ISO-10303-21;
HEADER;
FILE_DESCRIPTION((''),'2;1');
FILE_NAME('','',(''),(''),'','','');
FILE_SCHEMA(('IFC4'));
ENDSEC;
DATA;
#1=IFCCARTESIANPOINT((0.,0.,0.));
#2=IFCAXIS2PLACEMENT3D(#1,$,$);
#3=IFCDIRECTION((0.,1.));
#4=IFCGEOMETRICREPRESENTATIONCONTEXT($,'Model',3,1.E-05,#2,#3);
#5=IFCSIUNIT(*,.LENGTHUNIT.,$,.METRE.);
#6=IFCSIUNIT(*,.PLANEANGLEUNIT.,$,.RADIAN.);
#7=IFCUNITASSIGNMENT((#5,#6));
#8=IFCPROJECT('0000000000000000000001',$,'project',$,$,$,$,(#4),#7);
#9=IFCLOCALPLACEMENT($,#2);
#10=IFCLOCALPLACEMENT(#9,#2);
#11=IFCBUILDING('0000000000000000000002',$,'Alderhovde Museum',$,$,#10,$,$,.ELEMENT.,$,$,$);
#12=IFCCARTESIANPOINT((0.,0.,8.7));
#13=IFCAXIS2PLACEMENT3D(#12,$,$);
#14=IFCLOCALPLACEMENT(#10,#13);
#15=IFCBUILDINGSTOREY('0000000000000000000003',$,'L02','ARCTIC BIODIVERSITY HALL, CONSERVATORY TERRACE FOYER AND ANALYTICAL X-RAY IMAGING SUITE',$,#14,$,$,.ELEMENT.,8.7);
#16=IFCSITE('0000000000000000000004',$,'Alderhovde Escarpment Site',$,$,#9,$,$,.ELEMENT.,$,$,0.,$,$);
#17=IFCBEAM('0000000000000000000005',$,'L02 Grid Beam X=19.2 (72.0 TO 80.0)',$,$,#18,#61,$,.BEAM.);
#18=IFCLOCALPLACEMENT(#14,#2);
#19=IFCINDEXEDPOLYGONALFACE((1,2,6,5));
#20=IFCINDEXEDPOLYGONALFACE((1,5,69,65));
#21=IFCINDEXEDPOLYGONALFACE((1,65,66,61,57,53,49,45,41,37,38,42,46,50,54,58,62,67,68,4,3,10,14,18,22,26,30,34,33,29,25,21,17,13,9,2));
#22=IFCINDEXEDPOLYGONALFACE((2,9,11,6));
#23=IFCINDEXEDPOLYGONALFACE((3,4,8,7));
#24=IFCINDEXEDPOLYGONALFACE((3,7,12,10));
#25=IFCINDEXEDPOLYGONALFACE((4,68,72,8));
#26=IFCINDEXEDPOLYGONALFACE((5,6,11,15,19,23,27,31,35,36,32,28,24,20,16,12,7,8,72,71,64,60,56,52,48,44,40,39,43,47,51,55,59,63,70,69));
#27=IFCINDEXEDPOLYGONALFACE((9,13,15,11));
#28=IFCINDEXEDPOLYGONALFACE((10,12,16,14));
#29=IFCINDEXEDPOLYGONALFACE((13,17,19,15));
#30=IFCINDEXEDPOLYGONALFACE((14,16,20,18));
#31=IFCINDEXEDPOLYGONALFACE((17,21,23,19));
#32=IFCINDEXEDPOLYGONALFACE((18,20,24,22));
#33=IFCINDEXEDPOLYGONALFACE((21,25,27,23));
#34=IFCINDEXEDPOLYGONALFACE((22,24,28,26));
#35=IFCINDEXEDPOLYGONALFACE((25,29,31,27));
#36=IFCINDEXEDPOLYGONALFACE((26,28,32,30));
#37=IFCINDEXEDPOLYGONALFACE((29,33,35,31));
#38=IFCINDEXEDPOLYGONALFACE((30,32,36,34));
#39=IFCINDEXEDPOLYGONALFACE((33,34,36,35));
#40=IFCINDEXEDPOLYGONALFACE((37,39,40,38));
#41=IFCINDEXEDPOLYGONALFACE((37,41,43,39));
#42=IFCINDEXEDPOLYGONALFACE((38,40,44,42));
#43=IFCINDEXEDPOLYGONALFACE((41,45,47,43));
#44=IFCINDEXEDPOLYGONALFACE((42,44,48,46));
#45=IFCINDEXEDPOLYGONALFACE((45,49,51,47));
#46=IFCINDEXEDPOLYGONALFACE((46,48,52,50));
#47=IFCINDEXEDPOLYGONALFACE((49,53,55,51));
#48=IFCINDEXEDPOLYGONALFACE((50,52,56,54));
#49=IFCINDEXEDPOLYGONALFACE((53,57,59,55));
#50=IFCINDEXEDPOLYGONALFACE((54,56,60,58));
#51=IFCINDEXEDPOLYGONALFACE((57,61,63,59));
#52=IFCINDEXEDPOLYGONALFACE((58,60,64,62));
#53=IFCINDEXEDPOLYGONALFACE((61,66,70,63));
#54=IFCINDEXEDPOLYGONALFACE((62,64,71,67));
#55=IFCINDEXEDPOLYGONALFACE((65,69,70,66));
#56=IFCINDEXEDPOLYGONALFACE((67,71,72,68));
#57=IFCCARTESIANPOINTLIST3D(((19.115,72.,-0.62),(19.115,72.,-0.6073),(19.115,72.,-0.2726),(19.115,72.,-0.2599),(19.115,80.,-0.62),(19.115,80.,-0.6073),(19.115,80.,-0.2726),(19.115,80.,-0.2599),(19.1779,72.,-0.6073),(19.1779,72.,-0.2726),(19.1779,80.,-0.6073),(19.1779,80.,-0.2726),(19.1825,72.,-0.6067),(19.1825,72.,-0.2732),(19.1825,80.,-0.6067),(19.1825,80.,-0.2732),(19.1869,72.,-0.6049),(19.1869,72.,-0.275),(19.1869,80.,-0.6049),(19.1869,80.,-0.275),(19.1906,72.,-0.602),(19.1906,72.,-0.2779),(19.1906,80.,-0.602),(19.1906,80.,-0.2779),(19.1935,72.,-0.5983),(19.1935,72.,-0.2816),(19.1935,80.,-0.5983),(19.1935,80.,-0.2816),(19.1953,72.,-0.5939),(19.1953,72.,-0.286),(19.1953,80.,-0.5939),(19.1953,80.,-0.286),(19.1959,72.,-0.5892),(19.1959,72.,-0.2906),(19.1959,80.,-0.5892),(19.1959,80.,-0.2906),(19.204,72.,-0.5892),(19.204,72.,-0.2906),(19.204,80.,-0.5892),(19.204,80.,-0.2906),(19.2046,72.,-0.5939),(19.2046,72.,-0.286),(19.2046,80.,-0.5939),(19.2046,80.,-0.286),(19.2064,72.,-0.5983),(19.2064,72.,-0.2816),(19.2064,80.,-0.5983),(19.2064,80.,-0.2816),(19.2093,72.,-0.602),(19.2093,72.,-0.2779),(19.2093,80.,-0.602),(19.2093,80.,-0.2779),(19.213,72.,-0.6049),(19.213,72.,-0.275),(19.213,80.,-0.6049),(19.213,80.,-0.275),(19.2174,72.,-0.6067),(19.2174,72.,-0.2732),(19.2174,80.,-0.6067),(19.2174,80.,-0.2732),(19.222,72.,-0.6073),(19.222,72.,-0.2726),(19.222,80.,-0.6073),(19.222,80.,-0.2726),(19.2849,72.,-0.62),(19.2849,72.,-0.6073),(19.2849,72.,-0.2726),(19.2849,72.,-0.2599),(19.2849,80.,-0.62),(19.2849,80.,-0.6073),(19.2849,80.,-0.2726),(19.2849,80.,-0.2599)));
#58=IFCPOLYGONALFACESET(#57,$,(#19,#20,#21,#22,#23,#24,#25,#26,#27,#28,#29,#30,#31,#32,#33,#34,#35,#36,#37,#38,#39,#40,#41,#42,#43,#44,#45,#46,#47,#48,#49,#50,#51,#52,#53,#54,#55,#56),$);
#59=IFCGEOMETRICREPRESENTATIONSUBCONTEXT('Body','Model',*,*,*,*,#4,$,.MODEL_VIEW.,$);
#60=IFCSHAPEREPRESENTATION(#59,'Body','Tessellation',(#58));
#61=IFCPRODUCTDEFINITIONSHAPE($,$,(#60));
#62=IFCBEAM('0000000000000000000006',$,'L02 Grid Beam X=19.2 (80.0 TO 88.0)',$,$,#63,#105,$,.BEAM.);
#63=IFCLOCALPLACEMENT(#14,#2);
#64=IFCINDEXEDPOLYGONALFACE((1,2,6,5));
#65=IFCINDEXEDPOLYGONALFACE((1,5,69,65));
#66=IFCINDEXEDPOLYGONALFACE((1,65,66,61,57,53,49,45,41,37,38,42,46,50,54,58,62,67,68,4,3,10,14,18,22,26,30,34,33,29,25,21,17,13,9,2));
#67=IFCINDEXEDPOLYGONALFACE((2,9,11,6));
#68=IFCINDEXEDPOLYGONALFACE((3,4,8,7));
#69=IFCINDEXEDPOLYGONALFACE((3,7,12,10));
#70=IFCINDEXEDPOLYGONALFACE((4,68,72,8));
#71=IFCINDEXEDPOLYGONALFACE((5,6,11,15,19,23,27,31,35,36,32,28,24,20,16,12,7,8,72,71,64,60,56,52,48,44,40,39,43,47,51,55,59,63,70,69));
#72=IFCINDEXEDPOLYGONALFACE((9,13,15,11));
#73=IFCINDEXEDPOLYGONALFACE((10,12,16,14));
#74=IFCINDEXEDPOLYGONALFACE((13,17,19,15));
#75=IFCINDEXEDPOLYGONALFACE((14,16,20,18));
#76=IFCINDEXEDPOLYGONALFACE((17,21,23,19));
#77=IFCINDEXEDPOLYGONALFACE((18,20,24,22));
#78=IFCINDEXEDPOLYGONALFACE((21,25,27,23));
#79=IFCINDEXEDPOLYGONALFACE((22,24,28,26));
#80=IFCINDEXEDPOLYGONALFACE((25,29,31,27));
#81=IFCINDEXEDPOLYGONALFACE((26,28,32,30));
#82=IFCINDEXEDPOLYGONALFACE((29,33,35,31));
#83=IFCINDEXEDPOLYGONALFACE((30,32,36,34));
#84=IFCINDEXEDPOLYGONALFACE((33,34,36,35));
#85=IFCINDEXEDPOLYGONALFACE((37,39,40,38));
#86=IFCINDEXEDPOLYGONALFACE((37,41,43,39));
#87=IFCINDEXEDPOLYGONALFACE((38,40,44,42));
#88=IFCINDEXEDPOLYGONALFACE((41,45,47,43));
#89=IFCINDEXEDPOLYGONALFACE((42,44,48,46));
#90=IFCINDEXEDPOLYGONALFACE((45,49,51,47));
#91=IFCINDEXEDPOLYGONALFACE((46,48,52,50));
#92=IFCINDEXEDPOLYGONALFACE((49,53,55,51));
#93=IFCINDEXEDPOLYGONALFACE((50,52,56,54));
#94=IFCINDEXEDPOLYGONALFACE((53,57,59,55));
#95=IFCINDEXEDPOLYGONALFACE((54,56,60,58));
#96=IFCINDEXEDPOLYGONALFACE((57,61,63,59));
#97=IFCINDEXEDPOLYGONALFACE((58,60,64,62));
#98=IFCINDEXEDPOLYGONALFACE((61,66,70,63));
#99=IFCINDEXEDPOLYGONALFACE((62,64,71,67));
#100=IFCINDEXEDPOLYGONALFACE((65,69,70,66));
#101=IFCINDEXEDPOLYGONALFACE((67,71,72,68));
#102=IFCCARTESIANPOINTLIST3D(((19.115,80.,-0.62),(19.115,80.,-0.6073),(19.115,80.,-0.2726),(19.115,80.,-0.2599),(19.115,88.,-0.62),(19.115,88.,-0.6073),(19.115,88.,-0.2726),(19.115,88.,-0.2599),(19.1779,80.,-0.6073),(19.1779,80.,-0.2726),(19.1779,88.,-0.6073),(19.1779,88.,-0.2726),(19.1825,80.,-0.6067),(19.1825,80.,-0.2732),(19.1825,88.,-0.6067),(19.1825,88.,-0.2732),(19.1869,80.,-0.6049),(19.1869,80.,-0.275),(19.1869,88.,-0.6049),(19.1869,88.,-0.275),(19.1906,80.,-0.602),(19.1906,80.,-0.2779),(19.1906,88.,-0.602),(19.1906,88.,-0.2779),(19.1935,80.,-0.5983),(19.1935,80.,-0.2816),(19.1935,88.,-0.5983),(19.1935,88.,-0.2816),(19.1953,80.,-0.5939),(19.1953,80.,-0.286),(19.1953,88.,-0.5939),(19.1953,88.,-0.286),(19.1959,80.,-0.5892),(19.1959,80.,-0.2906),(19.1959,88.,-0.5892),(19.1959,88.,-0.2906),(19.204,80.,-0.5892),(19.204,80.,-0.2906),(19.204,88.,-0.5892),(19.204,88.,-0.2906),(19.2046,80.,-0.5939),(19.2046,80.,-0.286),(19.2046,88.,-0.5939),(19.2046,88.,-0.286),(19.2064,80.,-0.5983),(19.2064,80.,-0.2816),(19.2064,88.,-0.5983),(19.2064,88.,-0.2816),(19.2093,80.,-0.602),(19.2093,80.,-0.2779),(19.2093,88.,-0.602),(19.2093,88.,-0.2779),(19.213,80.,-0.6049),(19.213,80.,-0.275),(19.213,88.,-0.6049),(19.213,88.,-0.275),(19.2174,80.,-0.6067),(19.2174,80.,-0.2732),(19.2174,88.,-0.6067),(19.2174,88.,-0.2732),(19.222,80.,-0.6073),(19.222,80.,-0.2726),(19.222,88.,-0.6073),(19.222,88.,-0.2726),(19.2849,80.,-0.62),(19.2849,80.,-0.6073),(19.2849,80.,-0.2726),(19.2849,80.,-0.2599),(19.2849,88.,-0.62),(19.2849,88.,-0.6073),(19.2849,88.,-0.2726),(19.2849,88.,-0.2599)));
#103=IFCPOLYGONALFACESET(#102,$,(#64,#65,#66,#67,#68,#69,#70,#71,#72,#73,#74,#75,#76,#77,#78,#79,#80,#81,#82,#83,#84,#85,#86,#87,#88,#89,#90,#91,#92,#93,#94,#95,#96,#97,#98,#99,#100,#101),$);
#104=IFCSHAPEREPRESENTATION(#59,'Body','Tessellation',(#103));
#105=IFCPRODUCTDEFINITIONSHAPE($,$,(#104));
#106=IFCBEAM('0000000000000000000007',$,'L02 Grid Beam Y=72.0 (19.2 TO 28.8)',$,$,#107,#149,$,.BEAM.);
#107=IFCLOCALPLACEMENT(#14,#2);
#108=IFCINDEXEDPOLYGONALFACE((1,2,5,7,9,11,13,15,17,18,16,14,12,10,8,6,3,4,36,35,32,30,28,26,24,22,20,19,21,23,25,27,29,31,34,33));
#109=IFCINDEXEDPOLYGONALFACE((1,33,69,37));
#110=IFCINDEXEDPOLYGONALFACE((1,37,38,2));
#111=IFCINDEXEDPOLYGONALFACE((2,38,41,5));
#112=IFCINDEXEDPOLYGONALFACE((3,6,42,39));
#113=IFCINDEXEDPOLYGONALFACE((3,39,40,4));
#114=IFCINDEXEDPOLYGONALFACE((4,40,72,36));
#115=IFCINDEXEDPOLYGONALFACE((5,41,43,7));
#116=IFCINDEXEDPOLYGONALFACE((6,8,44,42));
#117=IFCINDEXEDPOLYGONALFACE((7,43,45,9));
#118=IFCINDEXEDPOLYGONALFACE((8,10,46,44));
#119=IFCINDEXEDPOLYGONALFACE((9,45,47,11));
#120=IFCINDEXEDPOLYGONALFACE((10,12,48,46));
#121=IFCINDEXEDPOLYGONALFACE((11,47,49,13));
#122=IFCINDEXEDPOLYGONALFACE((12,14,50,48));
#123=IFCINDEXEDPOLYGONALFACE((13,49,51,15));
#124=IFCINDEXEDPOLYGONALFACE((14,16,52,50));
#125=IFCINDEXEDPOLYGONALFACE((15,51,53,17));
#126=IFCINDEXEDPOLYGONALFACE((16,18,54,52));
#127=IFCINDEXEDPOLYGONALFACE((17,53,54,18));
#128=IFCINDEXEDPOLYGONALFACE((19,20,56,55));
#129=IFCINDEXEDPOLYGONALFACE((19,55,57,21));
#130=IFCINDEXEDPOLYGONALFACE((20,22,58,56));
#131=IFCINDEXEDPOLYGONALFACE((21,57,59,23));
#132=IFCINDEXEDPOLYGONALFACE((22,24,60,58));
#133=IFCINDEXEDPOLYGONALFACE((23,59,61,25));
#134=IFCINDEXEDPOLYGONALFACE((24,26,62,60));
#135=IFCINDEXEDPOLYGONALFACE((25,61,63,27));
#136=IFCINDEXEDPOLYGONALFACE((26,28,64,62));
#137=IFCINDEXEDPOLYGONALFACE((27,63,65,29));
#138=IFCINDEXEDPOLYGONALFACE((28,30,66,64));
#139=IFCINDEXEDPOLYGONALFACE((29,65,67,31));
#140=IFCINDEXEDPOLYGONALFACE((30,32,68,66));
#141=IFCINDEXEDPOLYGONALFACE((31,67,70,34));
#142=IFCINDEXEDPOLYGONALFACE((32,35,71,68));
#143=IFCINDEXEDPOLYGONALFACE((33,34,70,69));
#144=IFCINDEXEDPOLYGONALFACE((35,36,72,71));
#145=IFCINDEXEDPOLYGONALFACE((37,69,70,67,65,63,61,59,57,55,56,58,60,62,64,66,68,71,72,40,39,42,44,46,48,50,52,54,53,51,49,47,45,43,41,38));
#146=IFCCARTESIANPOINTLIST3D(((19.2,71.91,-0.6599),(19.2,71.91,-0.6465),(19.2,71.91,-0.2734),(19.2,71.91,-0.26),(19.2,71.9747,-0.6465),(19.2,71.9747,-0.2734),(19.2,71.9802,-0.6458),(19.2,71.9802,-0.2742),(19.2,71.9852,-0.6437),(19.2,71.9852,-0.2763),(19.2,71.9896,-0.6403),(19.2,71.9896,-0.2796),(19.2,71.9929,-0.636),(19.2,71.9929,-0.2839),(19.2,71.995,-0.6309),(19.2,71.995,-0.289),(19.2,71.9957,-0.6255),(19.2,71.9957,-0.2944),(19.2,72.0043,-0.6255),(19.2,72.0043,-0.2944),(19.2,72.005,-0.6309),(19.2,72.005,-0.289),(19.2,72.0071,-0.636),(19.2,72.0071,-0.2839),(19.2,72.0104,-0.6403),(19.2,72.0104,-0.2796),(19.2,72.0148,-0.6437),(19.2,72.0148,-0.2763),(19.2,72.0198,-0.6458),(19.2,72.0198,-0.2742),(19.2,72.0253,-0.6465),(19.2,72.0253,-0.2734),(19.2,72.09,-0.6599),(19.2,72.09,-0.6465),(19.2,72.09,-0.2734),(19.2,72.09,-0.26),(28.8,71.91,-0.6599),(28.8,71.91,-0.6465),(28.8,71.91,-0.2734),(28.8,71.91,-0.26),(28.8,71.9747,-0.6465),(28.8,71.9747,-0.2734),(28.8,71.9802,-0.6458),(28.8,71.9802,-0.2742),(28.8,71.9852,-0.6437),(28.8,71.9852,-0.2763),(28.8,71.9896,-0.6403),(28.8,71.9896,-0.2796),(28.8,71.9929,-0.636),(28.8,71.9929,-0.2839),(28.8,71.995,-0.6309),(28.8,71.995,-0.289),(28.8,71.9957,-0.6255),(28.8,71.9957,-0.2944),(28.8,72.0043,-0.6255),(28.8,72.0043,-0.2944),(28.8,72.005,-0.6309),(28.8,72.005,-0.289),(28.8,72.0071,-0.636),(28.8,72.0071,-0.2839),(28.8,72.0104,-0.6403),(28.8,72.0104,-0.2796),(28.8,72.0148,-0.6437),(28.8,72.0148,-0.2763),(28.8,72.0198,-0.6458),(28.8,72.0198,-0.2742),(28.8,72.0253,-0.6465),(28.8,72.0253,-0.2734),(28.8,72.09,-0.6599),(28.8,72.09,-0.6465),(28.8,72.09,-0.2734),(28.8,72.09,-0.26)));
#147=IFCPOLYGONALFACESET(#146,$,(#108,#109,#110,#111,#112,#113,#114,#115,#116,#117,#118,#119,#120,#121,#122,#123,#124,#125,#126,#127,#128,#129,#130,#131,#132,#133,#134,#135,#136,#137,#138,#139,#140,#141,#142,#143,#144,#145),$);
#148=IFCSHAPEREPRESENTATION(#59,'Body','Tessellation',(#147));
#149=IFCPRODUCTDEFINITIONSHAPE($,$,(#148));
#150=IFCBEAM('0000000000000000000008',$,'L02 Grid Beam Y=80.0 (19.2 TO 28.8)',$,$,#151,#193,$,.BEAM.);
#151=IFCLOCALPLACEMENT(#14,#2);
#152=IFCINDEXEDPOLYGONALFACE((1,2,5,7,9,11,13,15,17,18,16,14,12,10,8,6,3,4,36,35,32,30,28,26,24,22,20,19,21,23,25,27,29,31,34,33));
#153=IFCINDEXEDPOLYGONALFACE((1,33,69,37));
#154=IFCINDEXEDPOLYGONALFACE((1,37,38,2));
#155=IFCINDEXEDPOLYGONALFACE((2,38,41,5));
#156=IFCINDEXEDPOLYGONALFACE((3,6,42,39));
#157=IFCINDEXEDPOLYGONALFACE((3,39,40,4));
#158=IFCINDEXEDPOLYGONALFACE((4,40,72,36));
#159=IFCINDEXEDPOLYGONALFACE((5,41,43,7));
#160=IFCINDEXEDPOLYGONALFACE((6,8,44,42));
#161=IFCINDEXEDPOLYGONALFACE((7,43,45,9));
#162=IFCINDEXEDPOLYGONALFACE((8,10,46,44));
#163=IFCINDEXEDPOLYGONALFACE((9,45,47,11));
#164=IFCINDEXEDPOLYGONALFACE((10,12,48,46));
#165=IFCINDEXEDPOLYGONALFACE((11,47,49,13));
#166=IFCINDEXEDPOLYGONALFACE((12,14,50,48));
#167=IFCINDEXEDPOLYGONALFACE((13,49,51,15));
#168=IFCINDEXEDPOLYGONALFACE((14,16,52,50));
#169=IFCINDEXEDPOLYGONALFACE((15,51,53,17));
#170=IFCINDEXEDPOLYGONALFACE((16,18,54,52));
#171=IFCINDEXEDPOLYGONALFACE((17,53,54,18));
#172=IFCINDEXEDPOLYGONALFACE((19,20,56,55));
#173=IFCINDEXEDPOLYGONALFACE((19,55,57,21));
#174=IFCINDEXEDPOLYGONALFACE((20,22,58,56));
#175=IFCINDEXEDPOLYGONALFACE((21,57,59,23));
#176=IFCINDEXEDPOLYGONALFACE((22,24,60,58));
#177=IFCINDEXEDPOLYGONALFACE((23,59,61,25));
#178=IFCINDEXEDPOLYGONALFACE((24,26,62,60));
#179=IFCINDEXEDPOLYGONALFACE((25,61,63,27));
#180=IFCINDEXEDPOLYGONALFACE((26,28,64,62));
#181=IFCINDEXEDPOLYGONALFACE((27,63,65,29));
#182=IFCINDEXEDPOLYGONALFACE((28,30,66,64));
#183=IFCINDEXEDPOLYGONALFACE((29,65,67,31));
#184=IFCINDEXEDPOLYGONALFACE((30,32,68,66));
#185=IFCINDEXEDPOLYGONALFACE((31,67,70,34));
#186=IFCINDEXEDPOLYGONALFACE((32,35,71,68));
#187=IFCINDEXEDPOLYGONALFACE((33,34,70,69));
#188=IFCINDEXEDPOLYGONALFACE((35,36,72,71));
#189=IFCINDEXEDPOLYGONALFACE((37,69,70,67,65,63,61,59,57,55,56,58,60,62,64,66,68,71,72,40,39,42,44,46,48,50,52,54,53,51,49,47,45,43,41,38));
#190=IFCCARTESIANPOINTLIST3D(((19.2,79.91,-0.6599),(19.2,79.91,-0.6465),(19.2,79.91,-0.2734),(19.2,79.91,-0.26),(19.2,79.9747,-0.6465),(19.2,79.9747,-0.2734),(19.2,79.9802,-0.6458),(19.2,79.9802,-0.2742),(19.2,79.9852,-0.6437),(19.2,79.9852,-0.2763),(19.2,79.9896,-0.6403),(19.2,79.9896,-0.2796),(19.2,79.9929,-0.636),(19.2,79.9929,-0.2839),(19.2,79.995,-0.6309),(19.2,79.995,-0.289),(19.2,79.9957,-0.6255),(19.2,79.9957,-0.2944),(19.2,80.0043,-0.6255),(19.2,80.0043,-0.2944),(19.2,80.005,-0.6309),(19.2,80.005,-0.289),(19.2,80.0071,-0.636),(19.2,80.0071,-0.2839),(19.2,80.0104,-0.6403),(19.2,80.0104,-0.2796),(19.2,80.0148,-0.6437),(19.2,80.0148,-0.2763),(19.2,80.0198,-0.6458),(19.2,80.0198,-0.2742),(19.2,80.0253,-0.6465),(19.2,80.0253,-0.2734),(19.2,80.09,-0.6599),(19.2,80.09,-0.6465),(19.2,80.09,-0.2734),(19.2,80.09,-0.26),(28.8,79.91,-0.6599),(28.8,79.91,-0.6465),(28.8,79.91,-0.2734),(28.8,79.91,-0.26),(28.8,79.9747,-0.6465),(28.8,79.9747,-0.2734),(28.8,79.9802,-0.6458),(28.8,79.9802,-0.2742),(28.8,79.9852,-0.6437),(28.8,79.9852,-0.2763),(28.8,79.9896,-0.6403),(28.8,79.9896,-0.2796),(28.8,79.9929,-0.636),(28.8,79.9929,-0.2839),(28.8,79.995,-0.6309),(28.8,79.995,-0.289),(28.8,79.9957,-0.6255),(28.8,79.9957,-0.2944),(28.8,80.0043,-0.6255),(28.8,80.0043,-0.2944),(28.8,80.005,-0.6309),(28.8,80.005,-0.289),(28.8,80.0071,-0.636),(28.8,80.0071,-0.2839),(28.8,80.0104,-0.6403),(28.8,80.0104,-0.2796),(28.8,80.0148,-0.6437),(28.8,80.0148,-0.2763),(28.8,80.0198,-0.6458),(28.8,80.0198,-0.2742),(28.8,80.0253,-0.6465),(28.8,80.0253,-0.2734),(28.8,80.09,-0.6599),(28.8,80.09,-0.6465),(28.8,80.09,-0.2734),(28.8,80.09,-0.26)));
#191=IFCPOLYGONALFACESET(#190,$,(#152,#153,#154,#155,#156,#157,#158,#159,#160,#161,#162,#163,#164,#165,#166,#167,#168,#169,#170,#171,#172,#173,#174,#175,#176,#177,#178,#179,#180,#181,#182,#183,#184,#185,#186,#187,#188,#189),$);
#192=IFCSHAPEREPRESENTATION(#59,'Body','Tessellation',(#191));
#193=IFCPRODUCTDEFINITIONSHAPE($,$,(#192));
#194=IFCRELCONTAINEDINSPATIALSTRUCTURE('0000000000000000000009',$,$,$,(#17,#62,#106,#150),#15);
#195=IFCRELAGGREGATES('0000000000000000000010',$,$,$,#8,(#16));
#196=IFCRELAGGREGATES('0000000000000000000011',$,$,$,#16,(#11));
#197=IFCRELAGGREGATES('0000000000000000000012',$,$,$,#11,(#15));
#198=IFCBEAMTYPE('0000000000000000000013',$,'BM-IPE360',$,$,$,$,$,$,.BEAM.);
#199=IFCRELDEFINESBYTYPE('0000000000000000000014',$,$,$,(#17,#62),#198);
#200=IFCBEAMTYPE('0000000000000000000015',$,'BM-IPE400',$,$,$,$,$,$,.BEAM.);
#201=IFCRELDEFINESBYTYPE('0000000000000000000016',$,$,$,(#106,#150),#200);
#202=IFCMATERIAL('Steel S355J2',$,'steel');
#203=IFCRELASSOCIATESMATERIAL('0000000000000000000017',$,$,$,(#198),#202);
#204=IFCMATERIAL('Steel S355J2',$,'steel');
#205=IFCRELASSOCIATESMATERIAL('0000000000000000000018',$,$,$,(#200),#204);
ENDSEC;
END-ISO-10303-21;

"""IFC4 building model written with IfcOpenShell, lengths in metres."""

from ifc_helpers import new_model, si_unit, direction, frame, origin, origin_2d, place, context, subcontext, project, spatial, i_section, extrude, material, material_profile, profile_set, type_object, element, save


model = new_model("IFC4")

# Units and contexts
model_context = context("Model", 3, precision=1e-05, world=origin(), true_north=direction((0.0, 1.0)))
body_context = subcontext(model_context, "Body", "Model", "MODEL_VIEW")
ifc_project = project(units=[si_unit("LENGTHUNIT", "METRE"), si_unit("PLANEANGLEUNIT", "RADIAN")], contexts=[model_context])

# Site, building, storey
site_placement = place(None, origin())
site = spatial("IfcSite", under=ifc_project, at=site_placement, Name="Alderhovde Escarpment Site", CompositionType="ELEMENT", RefElevation=0.0)
building_placement = place(site_placement, origin())
building = spatial("IfcBuilding", under=site, at=building_placement, Name="Alderhovde Museum", CompositionType="ELEMENT")
storey_placement = place(building_placement, frame((0.0, 0.0, 8.7)))
storey = spatial("IfcBuildingStorey", under=building, at=storey_placement, Name="L02", Description="ARCTIC BIODIVERSITY HALL, CONSERVATORY TERRACE FOYER AND ANALYTICAL X-RAY IMAGING SUITE", CompositionType="ELEMENT", Elevation=8.7)

# Beams
ifc_material_1 = material(Name="Steel S355J2", Category="steel")
ifc_material_profile_1 = material_profile(ifc_material_1, i_section(OverallWidth=0.1699, OverallDepth=0.3601, WebThickness=0.0081, FlangeThickness=0.0127, FilletRadius=0.0181, at=origin_2d()), Name="IPE 360")
ifc_profile_set_1 = profile_set([ifc_material_profile_1], Name="Steel S355J2")
beam_type_1 = type_object("IfcBeamType", Name="BM-IPE360", PredefinedType="BEAM", material=ifc_profile_set_1)
for number, where, z_axis, x_axis, name in (
    (1, (19.2, 72.0, -0.4399), (0.0, 1.0, 0.0), (-1.0, 0.0, 0.0), "L02 Grid Beam X=19.2 (72.0 TO 80.0)"),
    (2, (19.2, 80.0, -0.4399), (0.0, 1.0, 0.0), (-1.0, 0.0, 0.0), "L02 Grid Beam X=19.2 (80.0 TO 88.0)"),
):
    element("IfcBeam", number, at=place(storey_placement, frame(where, z_axis=z_axis, x_axis=x_axis)), inside=storey, type_object=beam_type_1, Name=name, PredefinedType="BEAM", context=body_context, shape_type="SweptSolid", body=[
        extrude(i_section(OverallWidth=0.1699, OverallDepth=0.3601, WebThickness=0.0081, FlangeThickness=0.0127, FilletRadius=0.0181, at=origin_2d()), origin(), (0.0, 0.0, 1.0), 8.0),
    ])
ifc_material_2 = material(Name="Steel S355J2", Category="steel")
ifc_material_profile_2 = material_profile(ifc_material_2, i_section(OverallWidth=0.1799, OverallDepth=0.3999, WebThickness=0.0085, FlangeThickness=0.0134, FilletRadius=0.021, at=origin_2d()), Name="IPE 400")
ifc_profile_set_2 = profile_set([ifc_material_profile_2], Name="Steel S355J2")
beam_type_2 = type_object("IfcBeamType", Name="BM-IPE400", PredefinedType="BEAM", material=ifc_profile_set_2)
for number, where, z_axis, x_axis, name in (
    (3, (19.2, 72.0, -0.46), (1.0, 0.0, 0.0), (0.0, 1.0, 0.0), "L02 Grid Beam Y=72.0 (19.2 TO 28.8)"),
    (4, (19.2, 80.0, -0.46), (1.0, 0.0, 0.0), (0.0, 1.0, 0.0), "L02 Grid Beam Y=80.0 (19.2 TO 28.8)"),
):
    element("IfcBeam", number, at=place(storey_placement, frame(where, z_axis=z_axis, x_axis=x_axis)), inside=storey, type_object=beam_type_2, Name=name, PredefinedType="BEAM", context=body_context, shape_type="SweptSolid", body=[
        extrude(i_section(OverallWidth=0.1799, OverallDepth=0.3999, WebThickness=0.0085, FlangeThickness=0.0134, FilletRadius=0.021, at=origin_2d()), origin(), (0.0, 0.0, 1.0), 9.6001),
    ])

save(model, "model.ifc")
